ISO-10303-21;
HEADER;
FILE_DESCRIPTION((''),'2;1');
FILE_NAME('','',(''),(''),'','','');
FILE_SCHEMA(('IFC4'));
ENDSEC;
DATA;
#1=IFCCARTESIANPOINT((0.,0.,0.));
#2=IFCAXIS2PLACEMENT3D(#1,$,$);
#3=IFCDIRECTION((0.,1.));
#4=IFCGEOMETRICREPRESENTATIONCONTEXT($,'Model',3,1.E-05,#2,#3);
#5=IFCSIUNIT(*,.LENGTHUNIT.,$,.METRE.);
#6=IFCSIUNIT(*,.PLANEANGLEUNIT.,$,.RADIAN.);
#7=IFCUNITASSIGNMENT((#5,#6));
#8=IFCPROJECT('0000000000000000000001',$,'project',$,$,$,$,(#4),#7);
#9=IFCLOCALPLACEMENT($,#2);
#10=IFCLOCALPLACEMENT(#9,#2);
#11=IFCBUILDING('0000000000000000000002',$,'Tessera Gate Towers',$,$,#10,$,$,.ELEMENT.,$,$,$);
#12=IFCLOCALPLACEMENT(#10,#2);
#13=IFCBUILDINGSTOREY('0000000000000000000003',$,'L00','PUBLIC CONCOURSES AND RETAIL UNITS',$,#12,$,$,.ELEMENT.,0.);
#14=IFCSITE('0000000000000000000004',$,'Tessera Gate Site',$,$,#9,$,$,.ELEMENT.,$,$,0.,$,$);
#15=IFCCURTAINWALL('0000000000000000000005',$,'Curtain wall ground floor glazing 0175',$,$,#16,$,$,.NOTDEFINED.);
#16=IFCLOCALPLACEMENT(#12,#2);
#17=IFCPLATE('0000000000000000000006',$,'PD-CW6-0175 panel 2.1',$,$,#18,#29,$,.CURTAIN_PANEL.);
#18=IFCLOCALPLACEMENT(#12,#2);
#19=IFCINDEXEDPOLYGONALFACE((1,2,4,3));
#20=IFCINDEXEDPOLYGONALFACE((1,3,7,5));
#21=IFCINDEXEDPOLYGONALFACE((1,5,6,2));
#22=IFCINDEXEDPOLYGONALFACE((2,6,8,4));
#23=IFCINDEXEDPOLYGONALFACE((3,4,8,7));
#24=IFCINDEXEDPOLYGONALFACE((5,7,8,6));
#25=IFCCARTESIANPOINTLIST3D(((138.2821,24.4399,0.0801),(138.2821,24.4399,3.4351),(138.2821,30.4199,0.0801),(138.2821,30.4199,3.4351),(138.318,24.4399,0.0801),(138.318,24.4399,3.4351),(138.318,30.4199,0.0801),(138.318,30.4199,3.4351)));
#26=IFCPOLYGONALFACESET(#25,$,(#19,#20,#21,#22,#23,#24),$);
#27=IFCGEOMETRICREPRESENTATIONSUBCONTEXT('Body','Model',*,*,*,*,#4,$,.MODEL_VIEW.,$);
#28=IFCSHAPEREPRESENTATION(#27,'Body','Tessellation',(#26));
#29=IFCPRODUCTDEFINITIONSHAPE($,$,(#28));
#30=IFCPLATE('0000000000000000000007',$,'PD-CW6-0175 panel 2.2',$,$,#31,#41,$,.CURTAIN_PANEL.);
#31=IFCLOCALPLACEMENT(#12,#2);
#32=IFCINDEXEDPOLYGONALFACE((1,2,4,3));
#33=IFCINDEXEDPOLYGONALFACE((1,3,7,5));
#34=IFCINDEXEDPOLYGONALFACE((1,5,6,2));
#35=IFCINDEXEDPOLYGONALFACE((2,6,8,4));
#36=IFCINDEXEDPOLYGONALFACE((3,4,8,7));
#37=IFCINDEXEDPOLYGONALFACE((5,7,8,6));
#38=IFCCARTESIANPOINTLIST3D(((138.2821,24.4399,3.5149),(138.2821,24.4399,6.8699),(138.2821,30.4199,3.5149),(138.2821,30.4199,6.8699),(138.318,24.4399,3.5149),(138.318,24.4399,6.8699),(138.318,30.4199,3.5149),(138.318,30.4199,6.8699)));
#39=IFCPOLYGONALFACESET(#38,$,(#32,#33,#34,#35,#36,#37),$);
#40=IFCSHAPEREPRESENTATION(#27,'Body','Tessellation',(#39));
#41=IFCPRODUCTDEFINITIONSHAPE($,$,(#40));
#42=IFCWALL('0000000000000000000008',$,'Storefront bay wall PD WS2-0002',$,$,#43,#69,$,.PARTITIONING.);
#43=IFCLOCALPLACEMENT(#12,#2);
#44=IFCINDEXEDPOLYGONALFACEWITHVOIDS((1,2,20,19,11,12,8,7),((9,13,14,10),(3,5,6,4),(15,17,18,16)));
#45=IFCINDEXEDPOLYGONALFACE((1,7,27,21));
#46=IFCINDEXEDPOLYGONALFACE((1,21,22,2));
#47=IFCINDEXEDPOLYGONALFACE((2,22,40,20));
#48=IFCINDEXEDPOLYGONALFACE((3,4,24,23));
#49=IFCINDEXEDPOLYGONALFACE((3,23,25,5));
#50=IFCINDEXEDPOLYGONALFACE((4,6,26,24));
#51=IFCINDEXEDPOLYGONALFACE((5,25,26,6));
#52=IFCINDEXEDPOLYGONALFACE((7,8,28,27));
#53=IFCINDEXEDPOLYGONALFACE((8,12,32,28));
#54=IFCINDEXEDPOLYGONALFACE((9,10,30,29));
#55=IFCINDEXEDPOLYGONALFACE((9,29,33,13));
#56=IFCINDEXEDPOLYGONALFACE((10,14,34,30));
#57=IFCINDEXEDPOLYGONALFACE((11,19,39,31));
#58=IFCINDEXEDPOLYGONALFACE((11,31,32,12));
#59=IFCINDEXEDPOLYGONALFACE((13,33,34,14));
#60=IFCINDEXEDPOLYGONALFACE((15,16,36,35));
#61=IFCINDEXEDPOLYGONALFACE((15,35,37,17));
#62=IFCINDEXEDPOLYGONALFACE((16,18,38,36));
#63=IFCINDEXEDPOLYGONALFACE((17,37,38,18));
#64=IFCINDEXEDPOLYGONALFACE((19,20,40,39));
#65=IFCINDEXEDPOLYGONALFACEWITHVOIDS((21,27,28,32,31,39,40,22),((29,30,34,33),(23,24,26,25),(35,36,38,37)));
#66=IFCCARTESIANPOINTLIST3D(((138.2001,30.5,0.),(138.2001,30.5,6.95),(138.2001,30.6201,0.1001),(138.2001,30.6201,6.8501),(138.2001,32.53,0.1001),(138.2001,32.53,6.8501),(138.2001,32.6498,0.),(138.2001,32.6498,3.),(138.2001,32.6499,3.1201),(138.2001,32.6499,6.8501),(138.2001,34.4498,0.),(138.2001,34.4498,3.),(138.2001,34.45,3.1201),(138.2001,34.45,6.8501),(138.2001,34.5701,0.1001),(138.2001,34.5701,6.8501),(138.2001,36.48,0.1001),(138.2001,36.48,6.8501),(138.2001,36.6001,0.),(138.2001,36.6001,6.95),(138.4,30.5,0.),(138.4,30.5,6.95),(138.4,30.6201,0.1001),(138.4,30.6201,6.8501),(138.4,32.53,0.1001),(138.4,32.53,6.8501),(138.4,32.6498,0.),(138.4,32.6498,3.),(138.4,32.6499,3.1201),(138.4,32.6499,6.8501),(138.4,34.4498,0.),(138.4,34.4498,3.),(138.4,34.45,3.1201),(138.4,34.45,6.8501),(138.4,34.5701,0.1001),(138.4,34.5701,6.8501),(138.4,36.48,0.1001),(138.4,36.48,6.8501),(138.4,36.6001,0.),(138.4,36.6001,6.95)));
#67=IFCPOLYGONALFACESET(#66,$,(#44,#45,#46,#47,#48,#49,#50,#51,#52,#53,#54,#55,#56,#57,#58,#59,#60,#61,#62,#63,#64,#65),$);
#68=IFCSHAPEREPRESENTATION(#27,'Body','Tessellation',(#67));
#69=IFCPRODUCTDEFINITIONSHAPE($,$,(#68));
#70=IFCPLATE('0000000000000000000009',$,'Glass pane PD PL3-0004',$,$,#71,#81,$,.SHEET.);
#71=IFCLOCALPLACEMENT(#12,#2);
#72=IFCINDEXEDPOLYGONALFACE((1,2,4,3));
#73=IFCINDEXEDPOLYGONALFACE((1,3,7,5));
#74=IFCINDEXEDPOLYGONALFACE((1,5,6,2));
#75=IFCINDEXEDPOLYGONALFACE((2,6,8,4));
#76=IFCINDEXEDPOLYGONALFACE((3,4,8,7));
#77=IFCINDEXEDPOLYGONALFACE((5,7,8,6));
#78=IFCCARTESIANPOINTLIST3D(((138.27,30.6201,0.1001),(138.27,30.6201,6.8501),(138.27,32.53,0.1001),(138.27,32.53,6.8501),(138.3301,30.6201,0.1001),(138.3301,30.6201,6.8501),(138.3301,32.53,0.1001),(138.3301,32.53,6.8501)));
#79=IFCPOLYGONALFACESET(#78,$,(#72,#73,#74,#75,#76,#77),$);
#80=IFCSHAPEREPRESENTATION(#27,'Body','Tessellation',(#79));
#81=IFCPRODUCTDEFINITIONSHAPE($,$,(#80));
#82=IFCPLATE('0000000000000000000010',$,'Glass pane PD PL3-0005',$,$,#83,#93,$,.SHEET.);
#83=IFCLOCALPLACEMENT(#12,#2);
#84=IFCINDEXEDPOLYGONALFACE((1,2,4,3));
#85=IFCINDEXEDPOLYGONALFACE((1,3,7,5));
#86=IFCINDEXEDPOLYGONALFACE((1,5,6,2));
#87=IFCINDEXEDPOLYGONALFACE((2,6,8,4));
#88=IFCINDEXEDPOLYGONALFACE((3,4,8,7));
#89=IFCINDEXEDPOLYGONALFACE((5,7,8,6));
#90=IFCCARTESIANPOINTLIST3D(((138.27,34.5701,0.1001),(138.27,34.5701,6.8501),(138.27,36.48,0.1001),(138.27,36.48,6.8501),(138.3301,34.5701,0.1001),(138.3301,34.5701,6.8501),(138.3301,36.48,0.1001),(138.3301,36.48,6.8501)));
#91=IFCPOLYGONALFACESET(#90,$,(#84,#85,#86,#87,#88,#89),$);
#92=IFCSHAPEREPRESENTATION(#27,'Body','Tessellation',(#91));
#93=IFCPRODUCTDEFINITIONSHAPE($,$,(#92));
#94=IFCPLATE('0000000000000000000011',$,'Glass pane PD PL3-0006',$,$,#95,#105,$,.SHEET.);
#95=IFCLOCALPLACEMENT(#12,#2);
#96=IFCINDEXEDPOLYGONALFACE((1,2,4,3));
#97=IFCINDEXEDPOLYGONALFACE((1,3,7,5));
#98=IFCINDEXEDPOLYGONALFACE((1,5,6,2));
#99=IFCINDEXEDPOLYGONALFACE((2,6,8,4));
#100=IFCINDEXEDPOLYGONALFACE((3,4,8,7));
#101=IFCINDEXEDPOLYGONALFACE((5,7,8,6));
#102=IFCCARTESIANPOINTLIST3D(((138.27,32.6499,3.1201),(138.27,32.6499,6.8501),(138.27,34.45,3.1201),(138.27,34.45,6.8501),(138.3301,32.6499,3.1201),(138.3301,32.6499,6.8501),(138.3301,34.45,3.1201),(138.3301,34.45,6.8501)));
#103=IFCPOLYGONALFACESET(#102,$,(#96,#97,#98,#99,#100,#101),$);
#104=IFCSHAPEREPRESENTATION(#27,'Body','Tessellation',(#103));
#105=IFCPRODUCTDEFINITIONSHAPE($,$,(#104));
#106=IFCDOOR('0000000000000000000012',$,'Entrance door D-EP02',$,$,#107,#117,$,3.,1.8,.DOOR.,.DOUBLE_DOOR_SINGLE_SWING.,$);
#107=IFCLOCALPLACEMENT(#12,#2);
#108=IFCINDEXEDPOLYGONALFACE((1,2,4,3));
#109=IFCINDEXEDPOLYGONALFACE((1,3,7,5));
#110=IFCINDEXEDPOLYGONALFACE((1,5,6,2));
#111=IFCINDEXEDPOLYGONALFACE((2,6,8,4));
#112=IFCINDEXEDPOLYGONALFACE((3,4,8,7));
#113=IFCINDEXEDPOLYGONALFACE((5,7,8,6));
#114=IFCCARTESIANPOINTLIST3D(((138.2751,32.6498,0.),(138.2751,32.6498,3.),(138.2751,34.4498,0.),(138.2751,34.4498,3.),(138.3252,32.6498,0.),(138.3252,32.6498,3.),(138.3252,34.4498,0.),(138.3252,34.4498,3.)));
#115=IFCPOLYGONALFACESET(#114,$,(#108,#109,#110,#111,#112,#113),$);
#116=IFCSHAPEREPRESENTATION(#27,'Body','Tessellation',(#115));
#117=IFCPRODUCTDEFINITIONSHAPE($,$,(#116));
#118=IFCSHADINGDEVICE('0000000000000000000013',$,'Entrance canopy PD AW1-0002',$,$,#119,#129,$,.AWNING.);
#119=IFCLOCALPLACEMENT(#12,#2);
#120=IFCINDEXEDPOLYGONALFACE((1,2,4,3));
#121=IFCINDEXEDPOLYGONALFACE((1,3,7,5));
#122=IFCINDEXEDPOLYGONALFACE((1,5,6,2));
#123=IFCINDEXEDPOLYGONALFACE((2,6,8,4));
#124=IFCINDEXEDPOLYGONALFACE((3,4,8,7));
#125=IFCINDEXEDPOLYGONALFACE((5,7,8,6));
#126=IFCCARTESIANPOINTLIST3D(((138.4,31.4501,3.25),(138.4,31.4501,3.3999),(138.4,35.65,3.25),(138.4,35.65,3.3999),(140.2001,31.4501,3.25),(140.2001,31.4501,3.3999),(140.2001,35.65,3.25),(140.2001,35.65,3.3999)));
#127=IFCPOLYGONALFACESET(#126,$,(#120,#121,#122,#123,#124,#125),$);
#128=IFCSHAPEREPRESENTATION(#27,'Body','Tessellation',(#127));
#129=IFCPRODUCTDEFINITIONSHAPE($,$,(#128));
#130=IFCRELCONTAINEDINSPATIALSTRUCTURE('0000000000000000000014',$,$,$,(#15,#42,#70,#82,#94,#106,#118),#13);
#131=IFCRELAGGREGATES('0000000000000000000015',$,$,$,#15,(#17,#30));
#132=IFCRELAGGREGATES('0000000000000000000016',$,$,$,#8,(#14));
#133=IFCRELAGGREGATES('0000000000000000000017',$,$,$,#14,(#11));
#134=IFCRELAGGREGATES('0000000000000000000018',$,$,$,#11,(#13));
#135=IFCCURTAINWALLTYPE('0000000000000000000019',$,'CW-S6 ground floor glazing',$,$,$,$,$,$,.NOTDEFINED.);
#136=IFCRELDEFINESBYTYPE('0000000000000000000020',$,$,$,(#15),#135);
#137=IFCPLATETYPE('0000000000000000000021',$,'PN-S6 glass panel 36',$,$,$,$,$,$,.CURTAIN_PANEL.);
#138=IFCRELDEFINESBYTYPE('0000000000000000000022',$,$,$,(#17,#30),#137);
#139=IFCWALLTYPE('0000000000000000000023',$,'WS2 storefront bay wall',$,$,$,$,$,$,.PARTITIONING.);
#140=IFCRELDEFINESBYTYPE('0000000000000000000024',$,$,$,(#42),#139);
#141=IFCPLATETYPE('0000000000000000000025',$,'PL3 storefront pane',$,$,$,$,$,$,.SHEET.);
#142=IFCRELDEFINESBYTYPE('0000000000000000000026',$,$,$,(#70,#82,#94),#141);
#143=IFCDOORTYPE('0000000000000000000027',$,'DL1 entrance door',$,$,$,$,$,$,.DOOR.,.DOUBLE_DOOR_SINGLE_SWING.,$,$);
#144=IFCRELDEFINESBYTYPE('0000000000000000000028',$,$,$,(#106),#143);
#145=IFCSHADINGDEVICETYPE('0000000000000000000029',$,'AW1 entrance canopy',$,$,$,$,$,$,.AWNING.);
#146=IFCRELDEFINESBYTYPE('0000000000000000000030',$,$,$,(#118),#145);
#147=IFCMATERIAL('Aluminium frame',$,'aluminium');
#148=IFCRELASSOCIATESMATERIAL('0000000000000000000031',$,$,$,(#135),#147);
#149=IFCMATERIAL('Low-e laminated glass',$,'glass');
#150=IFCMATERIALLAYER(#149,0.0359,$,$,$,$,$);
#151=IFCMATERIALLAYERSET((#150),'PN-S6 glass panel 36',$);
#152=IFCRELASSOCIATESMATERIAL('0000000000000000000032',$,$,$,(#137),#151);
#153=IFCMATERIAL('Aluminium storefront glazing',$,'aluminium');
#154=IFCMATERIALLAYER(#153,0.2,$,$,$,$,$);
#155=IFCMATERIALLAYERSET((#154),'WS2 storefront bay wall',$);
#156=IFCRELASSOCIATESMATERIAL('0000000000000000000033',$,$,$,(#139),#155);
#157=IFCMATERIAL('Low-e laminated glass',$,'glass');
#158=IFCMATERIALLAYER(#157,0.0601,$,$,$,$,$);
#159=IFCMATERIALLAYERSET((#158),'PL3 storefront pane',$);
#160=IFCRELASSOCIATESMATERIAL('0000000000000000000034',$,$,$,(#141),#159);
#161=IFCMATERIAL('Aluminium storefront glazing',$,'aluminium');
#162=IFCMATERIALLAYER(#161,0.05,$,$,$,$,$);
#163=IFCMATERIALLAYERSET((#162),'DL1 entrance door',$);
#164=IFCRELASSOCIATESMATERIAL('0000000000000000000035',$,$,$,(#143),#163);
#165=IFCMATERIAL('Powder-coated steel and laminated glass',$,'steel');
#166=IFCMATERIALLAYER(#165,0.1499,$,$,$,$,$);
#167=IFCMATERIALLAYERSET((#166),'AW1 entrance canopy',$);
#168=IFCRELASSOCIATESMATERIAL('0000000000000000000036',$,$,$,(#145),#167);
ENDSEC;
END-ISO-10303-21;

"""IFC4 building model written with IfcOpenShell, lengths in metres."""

from ifc_helpers import new_model, si_unit, direction, frame, frame_2d, origin, origin_2d, place, context, subcontext, project, spatial, polyline, rectangle, outline, extrude, source, transform, mapped, material, layer, layer_set, type_object, element, fill, aggregate, save


model = new_model("IFC4")

# Units and contexts
model_context = context("Model", 3, precision=1e-05, world=origin(), true_north=direction((0.0, 1.0)))
body_context = subcontext(model_context, "Body", "Model", "MODEL_VIEW")
ifc_project = project(units=[si_unit("LENGTHUNIT", "METRE"), si_unit("PLANEANGLEUNIT", "RADIAN")], contexts=[model_context])

# Site, building, storey
site_placement = place(None, origin())
site = spatial("IfcSite", under=ifc_project, at=site_placement, Name="Tessera Gate Site", CompositionType="ELEMENT", RefElevation=0.0)
building_placement = place(site_placement, origin())
building = spatial("IfcBuilding", under=site, at=building_placement, Name="Tessera Gate Towers", CompositionType="ELEMENT")
storey_placement = place(building_placement, origin())
storey = spatial("IfcBuildingStorey", under=building, at=storey_placement, Name="L00", Description="PUBLIC CONCOURSES AND RETAIL UNITS", CompositionType="ELEMENT", Elevation=0.0)

# Curtain wall
ifc_material_1 = material(Name="Aluminium frame", Category="aluminium")
curtain_wall_type = type_object("IfcCurtainWallType", Name="CW-S6 ground floor glazing", PredefinedType="NOTDEFINED", material=ifc_material_1)
curtain_wall_1_placement = place(storey_placement, origin())
curtain_wall_1 = element("IfcCurtainWall", 1, at=curtain_wall_1_placement, inside=storey, type_object=curtain_wall_type, Name="Curtain wall ground floor glazing 0175", PredefinedType="NOTDEFINED")

# Plates
ifc_material_2 = material(Name="Low-e laminated glass", Category="glass")
ifc_layer_1 = layer(ifc_material_2, 0.0359)
ifc_layer_set_1 = layer_set([ifc_layer_1], Name="PN-S6 glass panel 36")
plate_type_1 = type_object("IfcPlateType", Name="PN-S6 glass panel 36", PredefinedType="CURTAIN_PANEL", material=ifc_layer_set_1)
plate_1_placement = place(storey_placement, frame((138.3, 27.4299, 0.0801), z_axis=(0.0, 0.0, 1.0), x_axis=(0.0, 1.0, 0.0)))
plate_1 = element("IfcPlate", 2, at=plate_1_placement, type_object=plate_type_1, Name="PD-CW6-0175 panel 2.1", PredefinedType="CURTAIN_PANEL", context=body_context, shape_type="SweptSolid", body=[
    extrude(rectangle(XDim=5.98, YDim=0.0359, at=origin_2d()), origin(), (0.0, 0.0, 1.0), 3.355),
])
plate_2_placement = place(storey_placement, frame((138.3, 27.4299, 3.5149), z_axis=(0.0, 0.0, 1.0), x_axis=(0.0, 1.0, 0.0)))
plate_2 = element("IfcPlate", 3, at=plate_2_placement, type_object=plate_type_1, Name="PD-CW6-0175 panel 2.2", PredefinedType="CURTAIN_PANEL", context=body_context, shape_type="SweptSolid", body=[
    extrude(rectangle(XDim=5.98, YDim=0.0359, at=origin_2d()), origin(), (0.0, 0.0, 1.0), 3.355),
])
aggregate(curtain_wall_1, [plate_1, plate_2])

# Wall, openings, plates, door
ifc_material_3 = material(Name="Aluminium storefront glazing", Category="aluminium")
ifc_layer_2 = layer(ifc_material_3, 0.2)
ifc_layer_set_2 = layer_set([ifc_layer_2], Name="WS2 storefront bay wall")
wall_type = type_object("IfcWallType", Name="WS2 storefront bay wall", PredefinedType="PARTITIONING", material=ifc_layer_set_2)
wall_placement = place(storey_placement, frame((138.3, 30.5, 0.0), z_axis=(0.0, 0.0, 1.0), x_axis=(0.0, 1.0, 0.0)))
wall = element("IfcWall", 4, at=wall_placement, inside=storey, type_object=wall_type, Name="Storefront bay wall PD WS2-0002", PredefinedType="PARTITIONING", context=body_context, shape_type="SweptSolid", body=[
    extrude(rectangle(XDim=6.1001, YDim=0.2, at=frame_2d((3.05, 0.0))), origin(), (0.0, 0.0, 1.0), 6.95),
])
shared_shape_1 = source(origin(), body_context, "Body", "SweptSolid", [
    extrude(rectangle(XDim=1.8, YDim=3.0, at=frame_2d((0.8999, 1.5))), frame((0.0, 0.1099, 0.0), z_axis=(0.0, -1.0, 0.0), x_axis=(1.0, 0.0, 0.0)), (0.0, 0.0, 1.0), 0.22),
])
opening_1_placement = place(wall_placement, frame((2.1499, 0.0, 0.0)))
opening_1 = element("IfcOpeningElement", 5, at=opening_1_placement, cuts=wall, PredefinedType="OPENING", context=body_context, shape_type="MappedRepresentation", body=[
    mapped(shared_shape_1, transform((0.0, 0.0, 0.0), scale=1.0)),
])
shared_shape_2 = source(origin(), body_context, "Body", "SweptSolid", [
    extrude(outline(polyline([(0.1201, 0.1001), (2.03, 0.1001), (2.03, 6.8501), (0.1201, 6.8501), (0.1201, 0.1001)])), frame((0.0, 0.1099, 0.0), z_axis=(0.0, -1.0, 0.0), x_axis=(1.0, 0.0, 0.0)), (0.0, 0.0, 1.0), 0.22),
])
opening_2_placement = place(wall_placement, origin())
opening_2 = element("IfcOpeningElement", 6, at=opening_2_placement, cuts=wall, PredefinedType="OPENING", context=body_context, shape_type="MappedRepresentation", body=[
    mapped(shared_shape_2, transform((0.0, 0.0, 0.0), scale=1.0)),
])
shared_shape_3 = source(origin(), body_context, "Body", "SweptSolid", [
    extrude(outline(polyline([(4.0701, 0.1001), (5.98, 0.1001), (5.98, 6.8501), (4.0701, 6.8501), (4.0701, 0.1001)])), frame((0.0, 0.1099, 0.0), z_axis=(0.0, -1.0, 0.0), x_axis=(1.0, 0.0, 0.0)), (0.0, 0.0, 1.0), 0.22),
])
opening_3_placement = place(wall_placement, origin())
opening_3 = element("IfcOpeningElement", 7, at=opening_3_placement, cuts=wall, PredefinedType="OPENING", context=body_context, shape_type="MappedRepresentation", body=[
    mapped(shared_shape_3, transform((0.0, 0.0, 0.0), scale=1.0)),
])
shared_shape_4 = source(origin(), body_context, "Body", "SweptSolid", [
    extrude(outline(polyline([(2.1499, 3.1201), (3.95, 3.1201), (3.95, 6.8501), (2.1499, 6.8501), (2.1499, 3.1201)])), frame((0.0, 0.1099, 0.0), z_axis=(0.0, -1.0, 0.0), x_axis=(1.0, 0.0, 0.0)), (0.0, 0.0, 1.0), 0.22),
])
opening_4_placement = place(wall_placement, origin())
opening_4 = element("IfcOpeningElement", 8, at=opening_4_placement, cuts=wall, PredefinedType="OPENING", context=body_context, shape_type="MappedRepresentation", body=[
    mapped(shared_shape_4, transform((0.0, 0.0, 0.0), scale=1.0)),
])
ifc_material_4 = material(Name="Low-e laminated glass", Category="glass")
ifc_layer_3 = layer(ifc_material_4, 0.0601)
ifc_layer_set_3 = layer_set([ifc_layer_3], Name="PL3 storefront pane")
plate_type_2 = type_object("IfcPlateType", Name="PL3 storefront pane", PredefinedType="SHEET", material=ifc_layer_set_3)
shared_shape_5 = source(origin(), body_context, "Body", "SweptSolid", [
    extrude(outline(polyline([(0.1201, 0.1001), (2.03, 0.1001), (2.03, 6.8501), (0.1201, 6.8501), (0.1201, 0.1001)])), frame((0.0, 0.03, 0.0), z_axis=(0.0, -1.0, 0.0), x_axis=(1.0, 0.0, 0.0)), (0.0, 0.0, 1.0), 0.0601),
])
plate_3_placement = place(opening_2_placement, origin())
plate_3 = element("IfcPlate", 9, at=plate_3_placement, inside=storey, type_object=plate_type_2, Name="Glass pane PD PL3-0004", PredefinedType="SHEET", context=body_context, shape_type="MappedRepresentation", body=[
    mapped(shared_shape_5, transform((0.0, 0.0, 0.0), scale=1.0)),
])
fill(opening_2, plate_3)
shared_shape_6 = source(origin(), body_context, "Body", "SweptSolid", [
    extrude(outline(polyline([(4.0701, 0.1001), (5.98, 0.1001), (5.98, 6.8501), (4.0701, 6.8501), (4.0701, 0.1001)])), frame((0.0, 0.03, 0.0), z_axis=(0.0, -1.0, 0.0), x_axis=(1.0, 0.0, 0.0)), (0.0, 0.0, 1.0), 0.0601),
])
plate_4_placement = place(opening_3_placement, origin())
plate_4 = element("IfcPlate", 10, at=plate_4_placement, inside=storey, type_object=plate_type_2, Name="Glass pane PD PL3-0005", PredefinedType="SHEET", context=body_context, shape_type="MappedRepresentation", body=[
    mapped(shared_shape_6, transform((0.0, 0.0, 0.0), scale=1.0)),
])
fill(opening_3, plate_4)
shared_shape_7 = source(origin(), body_context, "Body", "SweptSolid", [
    extrude(outline(polyline([(2.1499, 3.1201), (3.95, 3.1201), (3.95, 6.8501), (2.1499, 6.8501), (2.1499, 3.1201)])), frame((0.0, 0.03, 0.0), z_axis=(0.0, -1.0, 0.0), x_axis=(1.0, 0.0, 0.0)), (0.0, 0.0, 1.0), 0.0601),
])
plate_5_placement = place(opening_4_placement, origin())
plate_5 = element("IfcPlate", 11, at=plate_5_placement, inside=storey, type_object=plate_type_2, Name="Glass pane PD PL3-0006", PredefinedType="SHEET", context=body_context, shape_type="MappedRepresentation", body=[
    mapped(shared_shape_7, transform((0.0, 0.0, 0.0), scale=1.0)),
])
fill(opening_4, plate_5)
ifc_material_5 = material(Name="Aluminium storefront glazing", Category="aluminium")
ifc_layer_4 = layer(ifc_material_5, 0.05)
ifc_layer_set_4 = layer_set([ifc_layer_4], Name="DL1 entrance door")
door_type = type_object("IfcDoorType", Name="DL1 entrance door", OperationType="DOUBLE_DOOR_SINGLE_SWING", PredefinedType="DOOR", material=ifc_layer_set_4)
shared_shape_8 = source(origin(), body_context, "Body", "SweptSolid", [
    extrude(rectangle(XDim=1.8, YDim=3.0, at=frame_2d((0.8999, 1.5))), frame((0.0, 0.0249, 0.0), z_axis=(0.0, -1.0, 0.0), x_axis=(1.0, 0.0, 0.0)), (0.0, 0.0, 1.0), 0.05),
])
door_placement = place(opening_1_placement, origin())
door = element("IfcDoor", 12, at=door_placement, inside=storey, type_object=door_type, Name="Entrance door D-EP02", OperationType="DOUBLE_DOOR_SINGLE_SWING", OverallHeight=3.0, OverallWidth=1.8, PredefinedType="DOOR", context=body_context, shape_type="MappedRepresentation", body=[
    mapped(shared_shape_8, transform((0.0, 0.0, 0.0), scale=1.0)),
])
fill(opening_1, door)

# Shading device
ifc_material_6 = material(Name="Powder-coated steel and laminated glass", Category="steel")
ifc_layer_5 = layer(ifc_material_6, 0.1499)
ifc_layer_set_5 = layer_set([ifc_layer_5], Name="AW1 entrance canopy")
shading_device_type = type_object("IfcShadingDeviceType", Name="AW1 entrance canopy", PredefinedType="AWNING", material=ifc_layer_set_5)
shading_device_placement = place(storey_placement, frame((139.3, 33.55, 3.25), z_axis=(0.0, 0.0, 1.0), x_axis=(0.0, 1.0, 0.0)))
element("IfcShadingDevice", 13, at=shading_device_placement, inside=storey, type_object=shading_device_type, Name="Entrance canopy PD AW1-0002", PredefinedType="AWNING", context=body_context, shape_type="SweptSolid", body=[
    extrude(rectangle(XDim=4.2, YDim=1.8, at=origin_2d()), origin(), (0.0, 0.0, 1.0), 0.1499),
])

save(model, "model.ifc")
